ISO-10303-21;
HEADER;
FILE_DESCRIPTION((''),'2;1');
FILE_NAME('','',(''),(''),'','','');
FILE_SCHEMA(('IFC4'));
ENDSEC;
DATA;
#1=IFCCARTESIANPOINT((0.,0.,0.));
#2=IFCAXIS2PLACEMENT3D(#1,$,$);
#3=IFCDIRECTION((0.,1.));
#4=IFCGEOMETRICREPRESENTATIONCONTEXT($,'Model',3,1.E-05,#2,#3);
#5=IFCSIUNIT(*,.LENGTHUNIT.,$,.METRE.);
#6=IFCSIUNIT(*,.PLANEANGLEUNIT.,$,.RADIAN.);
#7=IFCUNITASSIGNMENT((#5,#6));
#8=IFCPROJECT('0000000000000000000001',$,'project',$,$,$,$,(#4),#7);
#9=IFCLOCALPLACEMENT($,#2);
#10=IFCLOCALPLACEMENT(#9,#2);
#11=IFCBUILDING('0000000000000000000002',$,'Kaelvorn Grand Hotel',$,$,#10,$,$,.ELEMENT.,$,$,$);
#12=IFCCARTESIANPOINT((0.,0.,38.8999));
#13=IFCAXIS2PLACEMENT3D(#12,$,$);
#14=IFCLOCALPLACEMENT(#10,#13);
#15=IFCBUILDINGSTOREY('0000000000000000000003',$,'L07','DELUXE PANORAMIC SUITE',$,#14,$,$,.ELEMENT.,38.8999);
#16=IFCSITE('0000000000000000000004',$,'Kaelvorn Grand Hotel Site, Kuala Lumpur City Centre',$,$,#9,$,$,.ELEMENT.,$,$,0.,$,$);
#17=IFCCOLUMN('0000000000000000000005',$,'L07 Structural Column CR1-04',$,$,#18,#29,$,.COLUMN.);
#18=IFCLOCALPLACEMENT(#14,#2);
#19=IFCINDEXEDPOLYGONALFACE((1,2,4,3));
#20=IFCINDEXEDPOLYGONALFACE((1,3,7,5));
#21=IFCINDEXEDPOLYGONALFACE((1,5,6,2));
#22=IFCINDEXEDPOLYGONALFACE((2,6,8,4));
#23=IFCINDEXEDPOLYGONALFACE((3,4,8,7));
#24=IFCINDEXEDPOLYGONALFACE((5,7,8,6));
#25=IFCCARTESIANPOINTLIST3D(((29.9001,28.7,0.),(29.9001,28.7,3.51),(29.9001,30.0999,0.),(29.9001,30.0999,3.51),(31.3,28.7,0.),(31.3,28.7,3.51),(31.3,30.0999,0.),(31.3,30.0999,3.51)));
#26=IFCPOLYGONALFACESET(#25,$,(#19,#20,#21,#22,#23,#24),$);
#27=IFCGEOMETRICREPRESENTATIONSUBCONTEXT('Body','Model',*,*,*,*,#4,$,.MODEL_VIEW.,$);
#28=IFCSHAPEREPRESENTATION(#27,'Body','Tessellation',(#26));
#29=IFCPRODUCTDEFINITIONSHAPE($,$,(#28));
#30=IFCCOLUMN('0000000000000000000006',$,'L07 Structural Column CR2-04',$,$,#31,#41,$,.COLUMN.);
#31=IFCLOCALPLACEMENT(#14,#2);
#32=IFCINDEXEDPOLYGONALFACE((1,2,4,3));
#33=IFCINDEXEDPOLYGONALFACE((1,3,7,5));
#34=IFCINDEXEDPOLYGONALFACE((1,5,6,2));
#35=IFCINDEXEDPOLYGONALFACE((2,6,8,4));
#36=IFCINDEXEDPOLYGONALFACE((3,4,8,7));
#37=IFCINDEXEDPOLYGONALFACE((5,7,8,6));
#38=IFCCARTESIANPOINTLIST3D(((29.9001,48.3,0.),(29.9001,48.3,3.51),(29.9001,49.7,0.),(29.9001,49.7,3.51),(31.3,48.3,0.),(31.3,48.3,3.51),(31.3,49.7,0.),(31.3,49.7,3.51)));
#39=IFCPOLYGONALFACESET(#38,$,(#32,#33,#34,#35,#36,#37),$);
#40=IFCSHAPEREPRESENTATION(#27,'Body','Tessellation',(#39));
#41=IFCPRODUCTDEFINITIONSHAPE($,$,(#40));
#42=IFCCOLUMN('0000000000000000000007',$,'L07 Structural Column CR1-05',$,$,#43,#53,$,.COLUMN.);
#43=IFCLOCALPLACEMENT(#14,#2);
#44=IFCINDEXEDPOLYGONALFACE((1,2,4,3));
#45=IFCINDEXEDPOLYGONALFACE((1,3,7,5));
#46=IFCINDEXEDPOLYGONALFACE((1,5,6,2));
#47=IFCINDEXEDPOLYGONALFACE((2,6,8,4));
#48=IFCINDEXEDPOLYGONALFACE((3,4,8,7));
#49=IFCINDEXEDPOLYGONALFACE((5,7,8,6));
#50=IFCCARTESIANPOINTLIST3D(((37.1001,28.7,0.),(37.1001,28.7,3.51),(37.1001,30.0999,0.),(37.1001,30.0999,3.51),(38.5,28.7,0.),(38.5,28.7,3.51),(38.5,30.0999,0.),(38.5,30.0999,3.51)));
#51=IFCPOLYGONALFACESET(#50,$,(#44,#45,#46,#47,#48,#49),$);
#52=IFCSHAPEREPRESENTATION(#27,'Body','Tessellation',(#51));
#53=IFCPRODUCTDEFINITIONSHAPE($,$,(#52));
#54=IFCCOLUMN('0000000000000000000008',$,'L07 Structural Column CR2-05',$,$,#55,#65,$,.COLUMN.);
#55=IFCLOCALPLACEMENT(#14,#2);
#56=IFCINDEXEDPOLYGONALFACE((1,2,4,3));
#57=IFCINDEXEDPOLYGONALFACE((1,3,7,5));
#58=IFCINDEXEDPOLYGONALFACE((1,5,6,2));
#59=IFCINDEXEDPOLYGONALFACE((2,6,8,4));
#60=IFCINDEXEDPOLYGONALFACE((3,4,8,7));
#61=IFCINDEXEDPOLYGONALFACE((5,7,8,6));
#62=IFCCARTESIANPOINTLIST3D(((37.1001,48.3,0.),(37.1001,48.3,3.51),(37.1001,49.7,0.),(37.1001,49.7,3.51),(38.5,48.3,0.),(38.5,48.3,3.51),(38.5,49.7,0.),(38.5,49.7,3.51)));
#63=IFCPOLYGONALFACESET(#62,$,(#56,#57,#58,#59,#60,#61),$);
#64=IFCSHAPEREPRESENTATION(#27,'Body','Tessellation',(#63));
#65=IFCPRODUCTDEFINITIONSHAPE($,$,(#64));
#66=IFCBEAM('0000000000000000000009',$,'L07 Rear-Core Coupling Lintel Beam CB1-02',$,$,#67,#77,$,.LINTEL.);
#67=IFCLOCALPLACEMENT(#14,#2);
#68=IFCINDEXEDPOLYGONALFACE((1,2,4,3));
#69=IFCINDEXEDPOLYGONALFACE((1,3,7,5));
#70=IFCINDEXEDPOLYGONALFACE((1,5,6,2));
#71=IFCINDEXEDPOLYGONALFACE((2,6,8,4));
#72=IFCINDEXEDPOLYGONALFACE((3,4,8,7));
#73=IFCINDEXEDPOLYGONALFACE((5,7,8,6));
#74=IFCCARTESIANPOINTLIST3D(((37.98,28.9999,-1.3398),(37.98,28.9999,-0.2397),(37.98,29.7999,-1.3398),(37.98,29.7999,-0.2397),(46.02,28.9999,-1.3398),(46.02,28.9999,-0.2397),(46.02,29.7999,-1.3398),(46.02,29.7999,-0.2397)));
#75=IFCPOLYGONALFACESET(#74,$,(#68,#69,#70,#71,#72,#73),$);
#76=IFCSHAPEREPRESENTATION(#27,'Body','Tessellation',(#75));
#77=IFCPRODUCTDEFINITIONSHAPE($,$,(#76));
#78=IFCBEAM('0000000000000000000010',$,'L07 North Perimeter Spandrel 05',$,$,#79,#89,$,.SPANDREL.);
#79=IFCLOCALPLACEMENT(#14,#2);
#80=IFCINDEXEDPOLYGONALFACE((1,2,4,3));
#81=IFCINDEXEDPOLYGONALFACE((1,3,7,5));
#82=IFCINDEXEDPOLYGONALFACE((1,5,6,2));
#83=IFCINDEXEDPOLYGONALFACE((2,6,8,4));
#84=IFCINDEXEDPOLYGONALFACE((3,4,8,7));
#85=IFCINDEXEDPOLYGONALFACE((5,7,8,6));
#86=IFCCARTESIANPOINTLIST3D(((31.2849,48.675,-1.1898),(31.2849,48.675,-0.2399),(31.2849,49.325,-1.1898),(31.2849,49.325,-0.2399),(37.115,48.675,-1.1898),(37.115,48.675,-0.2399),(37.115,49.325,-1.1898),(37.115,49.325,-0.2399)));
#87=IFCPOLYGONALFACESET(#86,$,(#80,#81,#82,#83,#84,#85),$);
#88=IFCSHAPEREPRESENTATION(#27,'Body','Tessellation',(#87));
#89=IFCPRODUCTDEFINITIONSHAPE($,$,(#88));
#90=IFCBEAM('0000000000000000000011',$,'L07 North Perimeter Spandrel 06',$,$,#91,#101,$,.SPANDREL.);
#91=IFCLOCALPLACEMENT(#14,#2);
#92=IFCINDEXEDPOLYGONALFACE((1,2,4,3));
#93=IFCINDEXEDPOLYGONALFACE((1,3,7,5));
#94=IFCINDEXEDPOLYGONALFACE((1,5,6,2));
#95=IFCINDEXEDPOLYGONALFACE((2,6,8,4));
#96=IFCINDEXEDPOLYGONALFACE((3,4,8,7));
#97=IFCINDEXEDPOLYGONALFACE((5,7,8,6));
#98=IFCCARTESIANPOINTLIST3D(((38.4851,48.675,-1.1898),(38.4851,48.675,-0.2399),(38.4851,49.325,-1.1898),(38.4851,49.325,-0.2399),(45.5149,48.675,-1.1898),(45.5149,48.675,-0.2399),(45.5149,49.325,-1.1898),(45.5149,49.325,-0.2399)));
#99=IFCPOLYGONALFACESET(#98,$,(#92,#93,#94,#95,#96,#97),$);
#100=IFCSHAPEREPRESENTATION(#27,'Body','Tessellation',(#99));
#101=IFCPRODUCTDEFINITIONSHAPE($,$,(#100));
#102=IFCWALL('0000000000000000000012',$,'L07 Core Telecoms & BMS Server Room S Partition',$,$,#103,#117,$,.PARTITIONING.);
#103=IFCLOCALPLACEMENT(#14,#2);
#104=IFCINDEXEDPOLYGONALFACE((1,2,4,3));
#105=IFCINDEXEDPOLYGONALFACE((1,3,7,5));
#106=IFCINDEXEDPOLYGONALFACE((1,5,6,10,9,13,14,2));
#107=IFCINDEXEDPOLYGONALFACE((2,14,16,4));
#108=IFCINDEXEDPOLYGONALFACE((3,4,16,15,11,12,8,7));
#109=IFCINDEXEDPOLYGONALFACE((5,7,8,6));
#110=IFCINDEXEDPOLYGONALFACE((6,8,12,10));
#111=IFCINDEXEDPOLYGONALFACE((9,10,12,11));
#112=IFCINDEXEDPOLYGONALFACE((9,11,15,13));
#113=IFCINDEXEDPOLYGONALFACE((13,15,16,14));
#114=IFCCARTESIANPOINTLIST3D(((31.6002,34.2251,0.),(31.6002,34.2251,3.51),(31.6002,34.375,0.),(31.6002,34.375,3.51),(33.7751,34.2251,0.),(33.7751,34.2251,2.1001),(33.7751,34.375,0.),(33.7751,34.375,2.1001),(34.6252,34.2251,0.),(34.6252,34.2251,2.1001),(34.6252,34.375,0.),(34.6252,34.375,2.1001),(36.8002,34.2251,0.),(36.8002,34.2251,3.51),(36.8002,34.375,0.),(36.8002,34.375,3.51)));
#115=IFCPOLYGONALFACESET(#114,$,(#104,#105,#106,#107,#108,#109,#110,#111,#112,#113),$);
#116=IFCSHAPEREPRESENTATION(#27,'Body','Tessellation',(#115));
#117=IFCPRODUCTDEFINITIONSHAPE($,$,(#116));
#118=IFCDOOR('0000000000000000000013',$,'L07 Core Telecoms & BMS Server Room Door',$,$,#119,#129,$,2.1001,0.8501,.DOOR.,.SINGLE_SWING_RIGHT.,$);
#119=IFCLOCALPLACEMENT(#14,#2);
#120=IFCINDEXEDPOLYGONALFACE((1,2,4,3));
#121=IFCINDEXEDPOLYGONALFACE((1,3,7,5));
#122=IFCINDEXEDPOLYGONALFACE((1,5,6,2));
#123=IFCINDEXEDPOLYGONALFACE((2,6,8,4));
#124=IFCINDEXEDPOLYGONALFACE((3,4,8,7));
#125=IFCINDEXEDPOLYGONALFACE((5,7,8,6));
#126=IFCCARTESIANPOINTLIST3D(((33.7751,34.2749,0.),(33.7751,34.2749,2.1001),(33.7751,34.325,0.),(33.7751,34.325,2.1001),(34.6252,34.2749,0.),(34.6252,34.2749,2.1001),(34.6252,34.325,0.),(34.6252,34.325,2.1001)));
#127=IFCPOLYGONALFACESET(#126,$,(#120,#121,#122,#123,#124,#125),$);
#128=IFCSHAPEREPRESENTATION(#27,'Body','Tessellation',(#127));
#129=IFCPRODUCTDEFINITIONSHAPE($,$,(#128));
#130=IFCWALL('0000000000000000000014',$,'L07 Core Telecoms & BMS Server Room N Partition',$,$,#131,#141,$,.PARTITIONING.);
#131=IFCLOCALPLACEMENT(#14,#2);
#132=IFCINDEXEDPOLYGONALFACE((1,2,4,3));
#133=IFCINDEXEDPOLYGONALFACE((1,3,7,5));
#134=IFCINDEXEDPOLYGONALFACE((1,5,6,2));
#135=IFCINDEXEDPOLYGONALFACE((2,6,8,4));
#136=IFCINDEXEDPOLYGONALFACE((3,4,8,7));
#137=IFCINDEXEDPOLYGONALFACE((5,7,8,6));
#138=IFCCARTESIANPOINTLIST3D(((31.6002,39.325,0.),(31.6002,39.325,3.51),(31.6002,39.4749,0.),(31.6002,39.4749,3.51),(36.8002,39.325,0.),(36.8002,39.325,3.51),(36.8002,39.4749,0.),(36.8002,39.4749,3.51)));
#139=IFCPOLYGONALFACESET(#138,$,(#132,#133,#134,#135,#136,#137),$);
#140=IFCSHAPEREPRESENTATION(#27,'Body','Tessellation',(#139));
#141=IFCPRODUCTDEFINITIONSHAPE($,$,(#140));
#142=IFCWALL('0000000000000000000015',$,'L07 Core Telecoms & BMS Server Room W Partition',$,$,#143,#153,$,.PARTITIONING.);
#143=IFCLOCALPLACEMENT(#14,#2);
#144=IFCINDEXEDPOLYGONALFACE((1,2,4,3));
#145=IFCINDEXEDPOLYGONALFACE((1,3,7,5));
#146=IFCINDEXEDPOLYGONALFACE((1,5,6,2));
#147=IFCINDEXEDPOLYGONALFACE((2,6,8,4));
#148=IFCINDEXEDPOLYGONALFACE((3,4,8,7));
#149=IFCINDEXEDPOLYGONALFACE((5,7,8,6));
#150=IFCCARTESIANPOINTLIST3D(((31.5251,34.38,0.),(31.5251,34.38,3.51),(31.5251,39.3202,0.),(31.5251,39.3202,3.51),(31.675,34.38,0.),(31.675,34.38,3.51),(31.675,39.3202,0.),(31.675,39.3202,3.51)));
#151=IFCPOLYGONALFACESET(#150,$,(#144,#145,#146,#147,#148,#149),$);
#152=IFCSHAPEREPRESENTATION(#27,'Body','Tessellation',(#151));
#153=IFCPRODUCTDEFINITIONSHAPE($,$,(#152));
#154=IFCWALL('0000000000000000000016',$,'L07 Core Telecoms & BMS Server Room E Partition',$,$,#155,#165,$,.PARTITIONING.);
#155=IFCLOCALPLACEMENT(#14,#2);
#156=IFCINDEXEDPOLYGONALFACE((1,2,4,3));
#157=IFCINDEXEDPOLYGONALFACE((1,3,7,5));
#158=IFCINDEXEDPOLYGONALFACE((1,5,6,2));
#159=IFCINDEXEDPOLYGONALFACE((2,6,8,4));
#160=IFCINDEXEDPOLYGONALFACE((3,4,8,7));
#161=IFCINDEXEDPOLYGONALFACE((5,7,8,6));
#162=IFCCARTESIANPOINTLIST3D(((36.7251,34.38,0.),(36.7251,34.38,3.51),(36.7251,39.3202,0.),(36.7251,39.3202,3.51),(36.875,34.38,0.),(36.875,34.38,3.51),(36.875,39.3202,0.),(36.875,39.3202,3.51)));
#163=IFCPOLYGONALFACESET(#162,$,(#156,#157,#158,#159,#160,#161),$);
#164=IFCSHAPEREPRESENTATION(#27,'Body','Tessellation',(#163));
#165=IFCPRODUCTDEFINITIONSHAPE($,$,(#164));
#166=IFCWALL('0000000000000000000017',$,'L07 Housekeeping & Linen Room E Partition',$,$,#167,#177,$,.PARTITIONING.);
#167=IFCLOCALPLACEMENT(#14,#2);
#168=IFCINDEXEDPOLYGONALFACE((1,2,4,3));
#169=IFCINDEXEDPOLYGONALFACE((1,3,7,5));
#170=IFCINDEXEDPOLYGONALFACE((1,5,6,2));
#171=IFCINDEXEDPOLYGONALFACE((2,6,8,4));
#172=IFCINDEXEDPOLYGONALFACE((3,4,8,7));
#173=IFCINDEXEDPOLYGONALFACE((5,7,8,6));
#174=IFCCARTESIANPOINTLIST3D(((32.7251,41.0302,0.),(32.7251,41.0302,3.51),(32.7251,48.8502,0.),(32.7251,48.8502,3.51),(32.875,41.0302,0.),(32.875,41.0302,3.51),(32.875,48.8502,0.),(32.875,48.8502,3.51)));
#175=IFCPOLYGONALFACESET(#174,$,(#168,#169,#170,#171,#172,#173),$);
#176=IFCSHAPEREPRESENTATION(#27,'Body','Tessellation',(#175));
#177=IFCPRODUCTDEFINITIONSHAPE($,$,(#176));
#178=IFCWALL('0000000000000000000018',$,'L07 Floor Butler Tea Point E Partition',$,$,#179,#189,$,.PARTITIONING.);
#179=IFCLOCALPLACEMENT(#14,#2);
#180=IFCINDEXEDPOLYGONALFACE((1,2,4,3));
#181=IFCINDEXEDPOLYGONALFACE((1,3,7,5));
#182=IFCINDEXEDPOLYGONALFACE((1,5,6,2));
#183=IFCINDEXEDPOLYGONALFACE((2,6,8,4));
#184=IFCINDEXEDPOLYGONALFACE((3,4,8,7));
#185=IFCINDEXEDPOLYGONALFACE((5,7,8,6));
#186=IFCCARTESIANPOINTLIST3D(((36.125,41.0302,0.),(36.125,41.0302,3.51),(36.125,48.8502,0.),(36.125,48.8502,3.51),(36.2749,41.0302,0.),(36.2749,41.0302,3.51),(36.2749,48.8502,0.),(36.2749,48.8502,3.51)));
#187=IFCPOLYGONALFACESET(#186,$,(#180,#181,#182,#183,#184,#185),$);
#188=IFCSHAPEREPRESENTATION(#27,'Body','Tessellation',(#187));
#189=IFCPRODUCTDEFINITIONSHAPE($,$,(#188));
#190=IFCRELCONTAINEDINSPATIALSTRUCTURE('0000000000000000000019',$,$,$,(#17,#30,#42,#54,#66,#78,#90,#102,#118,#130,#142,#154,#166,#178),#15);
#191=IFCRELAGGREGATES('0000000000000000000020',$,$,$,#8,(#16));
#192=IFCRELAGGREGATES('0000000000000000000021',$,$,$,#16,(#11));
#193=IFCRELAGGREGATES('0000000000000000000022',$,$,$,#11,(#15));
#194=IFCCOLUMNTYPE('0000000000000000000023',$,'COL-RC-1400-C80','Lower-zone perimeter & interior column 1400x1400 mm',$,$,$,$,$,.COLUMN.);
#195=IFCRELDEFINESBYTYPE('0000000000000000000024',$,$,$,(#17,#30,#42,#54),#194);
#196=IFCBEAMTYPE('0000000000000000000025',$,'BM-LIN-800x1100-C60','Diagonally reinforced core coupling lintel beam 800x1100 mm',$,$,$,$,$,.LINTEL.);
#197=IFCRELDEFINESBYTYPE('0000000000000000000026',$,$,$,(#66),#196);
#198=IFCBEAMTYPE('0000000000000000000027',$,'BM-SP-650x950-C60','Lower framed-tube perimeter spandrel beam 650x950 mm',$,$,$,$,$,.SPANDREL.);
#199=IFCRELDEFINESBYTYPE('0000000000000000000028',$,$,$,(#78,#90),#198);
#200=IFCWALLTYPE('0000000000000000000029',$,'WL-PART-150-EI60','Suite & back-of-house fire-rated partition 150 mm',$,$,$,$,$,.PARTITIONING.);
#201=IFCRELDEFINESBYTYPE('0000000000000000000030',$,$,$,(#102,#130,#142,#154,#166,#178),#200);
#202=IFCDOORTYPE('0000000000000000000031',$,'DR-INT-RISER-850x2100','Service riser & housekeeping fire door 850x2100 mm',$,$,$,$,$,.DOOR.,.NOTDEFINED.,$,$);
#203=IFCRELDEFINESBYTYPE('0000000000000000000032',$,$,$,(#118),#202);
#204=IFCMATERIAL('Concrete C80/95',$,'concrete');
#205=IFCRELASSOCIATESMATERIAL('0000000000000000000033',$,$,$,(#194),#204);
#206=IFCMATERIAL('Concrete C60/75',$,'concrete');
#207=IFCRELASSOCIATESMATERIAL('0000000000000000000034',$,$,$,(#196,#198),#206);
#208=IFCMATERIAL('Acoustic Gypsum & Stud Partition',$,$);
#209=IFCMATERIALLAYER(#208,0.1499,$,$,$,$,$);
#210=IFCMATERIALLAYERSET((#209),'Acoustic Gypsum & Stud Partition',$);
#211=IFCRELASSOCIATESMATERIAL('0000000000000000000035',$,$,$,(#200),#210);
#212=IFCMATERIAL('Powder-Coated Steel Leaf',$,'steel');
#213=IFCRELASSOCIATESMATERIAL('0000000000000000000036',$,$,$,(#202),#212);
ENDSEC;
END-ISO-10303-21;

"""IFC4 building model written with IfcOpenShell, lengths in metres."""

from ifc_helpers import new_model, si_unit, direction, frame, frame_2d, origin, origin_2d, place, context, subcontext, project, spatial, rectangle, extrude, material, layer, layer_set, material_profile, profile_set, type_object, element, fill, save


model = new_model("IFC4")

# Units and contexts
model_context = context("Model", 3, precision=1e-05, world=origin(), true_north=direction((0.0, 1.0)))
body_context = subcontext(model_context, "Body", "Model", "MODEL_VIEW")
ifc_project = project(units=[si_unit("LENGTHUNIT", "METRE"), si_unit("PLANEANGLEUNIT", "RADIAN")], contexts=[model_context])

# Site, building, storey
site_placement = place(None, origin())
site = spatial("IfcSite", under=ifc_project, at=site_placement, Name="Kaelvorn Grand Hotel Site, Kuala Lumpur City Centre", CompositionType="ELEMENT", RefElevation=0.0)
building_placement = place(site_placement, origin())
building = spatial("IfcBuilding", under=site, at=building_placement, Name="Kaelvorn Grand Hotel", CompositionType="ELEMENT")
storey_placement = place(building_placement, frame((0.0, 0.0, 38.8999)))
storey = spatial("IfcBuildingStorey", under=building, at=storey_placement, Name="L07", Description="DELUXE PANORAMIC SUITE", CompositionType="ELEMENT", Elevation=38.8999)

# Columns
ifc_material_1 = material(Name="Concrete C80/95", Category="concrete")
ifc_material_profile_1 = material_profile(ifc_material_1, rectangle(XDim=1.3999, YDim=1.3999, at=origin_2d()), Name="RC COL 1400x1400")
ifc_profile_set_1 = profile_set([ifc_material_profile_1], Name="Concrete C80/95")
column_type = type_object("IfcColumnType", Name="COL-RC-1400-C80", Description="Lower-zone perimeter & interior column 1400x1400 mm", PredefinedType="COLUMN", material=ifc_profile_set_1)
for number, where, z_axis, x_axis, name in (
    (1, (30.6001, 29.3999, 0.0), (0.0, 0.0, 1.0), (1.0, 0.0, 0.0), "L07 Structural Column CR1-04"),
    (2, (30.6001, 49.0, 0.0), (0.0, 0.0, 1.0), (1.0, 0.0, 0.0), "L07 Structural Column CR2-04"),
    (3, (37.8, 29.3999, 0.0), (0.0, 0.0, 1.0), (1.0, 0.0, 0.0), "L07 Structural Column CR1-05"),
    (4, (37.8, 49.0, 0.0), (0.0, 0.0, 1.0), (1.0, 0.0, 0.0), "L07 Structural Column CR2-05"),
):
    element("IfcColumn", number, at=place(storey_placement, frame(where, z_axis=z_axis, x_axis=x_axis)), inside=storey, type_object=column_type, Name=name, PredefinedType="COLUMN", context=body_context, shape_type="SweptSolid", body=[
        extrude(rectangle(XDim=1.3999, YDim=1.3999, at=origin_2d()), origin(), (0.0, 0.0, 1.0), 3.51),
    ])

# Beams
ifc_material_2 = material(Name="Concrete C60/75", Category="concrete")
ifc_material_profile_2 = material_profile(ifc_material_2, rectangle(XDim=0.8, YDim=1.1001, at=origin_2d()), Name="RC LINTEL 800x1100")
ifc_profile_set_2 = profile_set([ifc_material_profile_2], Name="Concrete C60/75")
beam_type_1 = type_object("IfcBeamType", Name="BM-LIN-800x1100-C60", Description="Diagonally reinforced core coupling lintel beam 800x1100 mm", PredefinedType="LINTEL", material=ifc_profile_set_2)
beam_1_placement = place(storey_placement, frame((37.98, 29.3999, -0.7898), z_axis=(1.0, 0.0, 0.0), x_axis=(0.0, 1.0, 0.0)))
element("IfcBeam", 5, at=beam_1_placement, inside=storey, type_object=beam_type_1, Name="L07 Rear-Core Coupling Lintel Beam CB1-02", PredefinedType="LINTEL", context=body_context, shape_type="SweptSolid", body=[
    extrude(rectangle(XDim=0.8, YDim=1.1001, at=origin_2d()), origin(), (0.0, 0.0, 1.0), 8.04),
])
ifc_material_profile_3 = material_profile(ifc_material_2, rectangle(XDim=0.6499, YDim=0.95, at=origin_2d()), Name="RC SPANDREL 650x950")
ifc_profile_set_3 = profile_set([ifc_material_profile_3], Name="Concrete C60/75")
beam_type_2 = type_object("IfcBeamType", Name="BM-SP-650x950-C60", Description="Lower framed-tube perimeter spandrel beam 650x950 mm", PredefinedType="SPANDREL", material=ifc_profile_set_3)
beam_2_placement = place(storey_placement, frame((31.2849, 49.0, -0.7148), z_axis=(1.0, 0.0, 0.0), x_axis=(0.0, 1.0, 0.0)))
element("IfcBeam", 6, at=beam_2_placement, inside=storey, type_object=beam_type_2, Name="L07 North Perimeter Spandrel 05", PredefinedType="SPANDREL", context=body_context, shape_type="SweptSolid", body=[
    extrude(rectangle(XDim=0.6499, YDim=0.95, at=origin_2d()), origin(), (0.0, 0.0, 1.0), 5.8301),
])
beam_3_placement = place(storey_placement, frame((38.4851, 49.0, -0.7148), z_axis=(1.0, 0.0, 0.0), x_axis=(0.0, 1.0, 0.0)))
element("IfcBeam", 7, at=beam_3_placement, inside=storey, type_object=beam_type_2, Name="L07 North Perimeter Spandrel 06", PredefinedType="SPANDREL", context=body_context, shape_type="SweptSolid", body=[
    extrude(rectangle(XDim=0.6499, YDim=0.95, at=origin_2d()), origin(), (0.0, 0.0, 1.0), 7.0298),
])

# Wall, opening, door
ifc_material_3 = material(Name="Acoustic Gypsum & Stud Partition")
ifc_layer_1 = layer(ifc_material_3, 0.1499)
ifc_layer_set_1 = layer_set([ifc_layer_1], Name="Acoustic Gypsum & Stud Partition")
wall_type_1 = type_object("IfcWallType", Name="WL-PART-150-EI60", Description="Suite & back-of-house fire-rated partition 150 mm", PredefinedType="PARTITIONING", material=ifc_layer_set_1)
wall_1_placement = place(storey_placement, frame((31.6001, 34.3, 0.0), z_axis=(0.0, 0.0, 1.0), x_axis=(1.0, 0.0, 0.0)))
wall_1 = element("IfcWall", 8, at=wall_1_placement, inside=storey, type_object=wall_type_1, Name="L07 Core Telecoms & BMS Server Room S Partition", PredefinedType="PARTITIONING", context=body_context, shape_type="SweptSolid", body=[
    extrude(rectangle(XDim=5.2, YDim=0.1499, at=frame_2d((2.6001, 0.0))), origin(), (0.0, 0.0, 1.0), 3.51),
])
opening_1_placement = place(wall_1_placement, frame((2.175, 0.0, 0.0)))
opening_1 = element("IfcOpeningElement", 9, at=opening_1_placement, cuts=wall_1, PredefinedType="OPENING", context=body_context, shape_type="SweptSolid", body=[
    extrude(rectangle(XDim=0.8501, YDim=2.1001, at=frame_2d((0.425, 1.05))), frame((0.0, 0.085, 0.0), z_axis=(0.0, -1.0, 0.0), x_axis=(1.0, 0.0, 0.0)), (0.0, 0.0, 1.0), 0.1699),
])
ifc_material_4 = material(Name="Powder-Coated Steel Leaf", Category="steel")
door_type_1 = type_object("IfcDoorType", Name="DR-INT-RISER-850x2100", Description="Service riser & housekeeping fire door 850x2100 mm", OperationType="NOTDEFINED", PredefinedType="DOOR", material=ifc_material_4)
door_1_placement = place(opening_1_placement, origin())
door_1 = element("IfcDoor", 10, at=door_1_placement, inside=storey, type_object=door_type_1, Name="L07 Core Telecoms & BMS Server Room Door", OperationType="SINGLE_SWING_RIGHT", OverallHeight=2.1001, OverallWidth=0.8501, PredefinedType="DOOR", context=body_context, shape_type="SweptSolid", body=[
    extrude(rectangle(XDim=0.8501, YDim=2.1001, at=frame_2d((0.425, 1.05))), frame((0.0, 0.0249, 0.0), z_axis=(0.0, -1.0, 0.0), x_axis=(1.0, 0.0, 0.0)), (0.0, 0.0, 1.0), 0.05),
])
fill(opening_1, door_1)

# Walls
wall_2_placement = place(storey_placement, frame((31.6001, 39.3999, 0.0), z_axis=(0.0, 0.0, 1.0), x_axis=(1.0, 0.0, 0.0)))
element("IfcWall", 11, at=wall_2_placement, inside=storey, type_object=wall_type_1, Name="L07 Core Telecoms & BMS Server Room N Partition", PredefinedType="PARTITIONING", context=body_context, shape_type="SweptSolid", body=[
    extrude(rectangle(XDim=5.2, YDim=0.1499, at=frame_2d((2.6001, 0.0))), origin(), (0.0, 0.0, 1.0), 3.51),
])
for number, where, z_axis, x_axis, name in (
    (12, (31.6001, 34.3799, 0.0), (0.0, 0.0, 1.0), (0.0, 1.0, 0.0), "L07 Core Telecoms & BMS Server Room W Partition"),
    (13, (36.8, 34.3799, 0.0), (0.0, 0.0, 1.0), (0.0, 1.0, 0.0), "L07 Core Telecoms & BMS Server Room E Partition"),
):
    element("IfcWall", number, at=place(storey_placement, frame(where, z_axis=z_axis, x_axis=x_axis)), inside=storey, type_object=wall_type_1, Name=name, PredefinedType="PARTITIONING", context=body_context, shape_type="SweptSolid", body=[
        extrude(rectangle(XDim=4.9402, YDim=0.1499, at=frame_2d((2.4702, 0.0))), origin(), (0.0, 0.0, 1.0), 3.51),
    ])
wall_3_placement = place(storey_placement, frame((32.8, 41.03, 0.0), z_axis=(0.0, 0.0, 1.0), x_axis=(0.0, 1.0, 0.0)))
element("IfcWall", 14, at=wall_3_placement, inside=storey, type_object=wall_type_1, Name="L07 Housekeeping & Linen Room E Partition", PredefinedType="PARTITIONING", context=body_context, shape_type="SweptSolid", body=[
    extrude(rectangle(XDim=7.8201, YDim=0.1499, at=frame_2d((3.9102, 0.0))), origin(), (0.0, 0.0, 1.0), 3.51),
])

# Wall
wall_4_placement = place(storey_placement, frame((36.2, 41.03, 0.0), z_axis=(0.0, 0.0, 1.0), x_axis=(0.0, 1.0, 0.0)))
element("IfcWall", 15, at=wall_4_placement, inside=storey, type_object=wall_type_1, Name="L07 Floor Butler Tea Point E Partition", PredefinedType="PARTITIONING", context=body_context, shape_type="SweptSolid", body=[
    extrude(rectangle(XDim=7.8201, YDim=0.1499, at=frame_2d((3.9102, 0.0))), origin(), (0.0, 0.0, 1.0), 3.51),
])

save(model, "model.ifc")
